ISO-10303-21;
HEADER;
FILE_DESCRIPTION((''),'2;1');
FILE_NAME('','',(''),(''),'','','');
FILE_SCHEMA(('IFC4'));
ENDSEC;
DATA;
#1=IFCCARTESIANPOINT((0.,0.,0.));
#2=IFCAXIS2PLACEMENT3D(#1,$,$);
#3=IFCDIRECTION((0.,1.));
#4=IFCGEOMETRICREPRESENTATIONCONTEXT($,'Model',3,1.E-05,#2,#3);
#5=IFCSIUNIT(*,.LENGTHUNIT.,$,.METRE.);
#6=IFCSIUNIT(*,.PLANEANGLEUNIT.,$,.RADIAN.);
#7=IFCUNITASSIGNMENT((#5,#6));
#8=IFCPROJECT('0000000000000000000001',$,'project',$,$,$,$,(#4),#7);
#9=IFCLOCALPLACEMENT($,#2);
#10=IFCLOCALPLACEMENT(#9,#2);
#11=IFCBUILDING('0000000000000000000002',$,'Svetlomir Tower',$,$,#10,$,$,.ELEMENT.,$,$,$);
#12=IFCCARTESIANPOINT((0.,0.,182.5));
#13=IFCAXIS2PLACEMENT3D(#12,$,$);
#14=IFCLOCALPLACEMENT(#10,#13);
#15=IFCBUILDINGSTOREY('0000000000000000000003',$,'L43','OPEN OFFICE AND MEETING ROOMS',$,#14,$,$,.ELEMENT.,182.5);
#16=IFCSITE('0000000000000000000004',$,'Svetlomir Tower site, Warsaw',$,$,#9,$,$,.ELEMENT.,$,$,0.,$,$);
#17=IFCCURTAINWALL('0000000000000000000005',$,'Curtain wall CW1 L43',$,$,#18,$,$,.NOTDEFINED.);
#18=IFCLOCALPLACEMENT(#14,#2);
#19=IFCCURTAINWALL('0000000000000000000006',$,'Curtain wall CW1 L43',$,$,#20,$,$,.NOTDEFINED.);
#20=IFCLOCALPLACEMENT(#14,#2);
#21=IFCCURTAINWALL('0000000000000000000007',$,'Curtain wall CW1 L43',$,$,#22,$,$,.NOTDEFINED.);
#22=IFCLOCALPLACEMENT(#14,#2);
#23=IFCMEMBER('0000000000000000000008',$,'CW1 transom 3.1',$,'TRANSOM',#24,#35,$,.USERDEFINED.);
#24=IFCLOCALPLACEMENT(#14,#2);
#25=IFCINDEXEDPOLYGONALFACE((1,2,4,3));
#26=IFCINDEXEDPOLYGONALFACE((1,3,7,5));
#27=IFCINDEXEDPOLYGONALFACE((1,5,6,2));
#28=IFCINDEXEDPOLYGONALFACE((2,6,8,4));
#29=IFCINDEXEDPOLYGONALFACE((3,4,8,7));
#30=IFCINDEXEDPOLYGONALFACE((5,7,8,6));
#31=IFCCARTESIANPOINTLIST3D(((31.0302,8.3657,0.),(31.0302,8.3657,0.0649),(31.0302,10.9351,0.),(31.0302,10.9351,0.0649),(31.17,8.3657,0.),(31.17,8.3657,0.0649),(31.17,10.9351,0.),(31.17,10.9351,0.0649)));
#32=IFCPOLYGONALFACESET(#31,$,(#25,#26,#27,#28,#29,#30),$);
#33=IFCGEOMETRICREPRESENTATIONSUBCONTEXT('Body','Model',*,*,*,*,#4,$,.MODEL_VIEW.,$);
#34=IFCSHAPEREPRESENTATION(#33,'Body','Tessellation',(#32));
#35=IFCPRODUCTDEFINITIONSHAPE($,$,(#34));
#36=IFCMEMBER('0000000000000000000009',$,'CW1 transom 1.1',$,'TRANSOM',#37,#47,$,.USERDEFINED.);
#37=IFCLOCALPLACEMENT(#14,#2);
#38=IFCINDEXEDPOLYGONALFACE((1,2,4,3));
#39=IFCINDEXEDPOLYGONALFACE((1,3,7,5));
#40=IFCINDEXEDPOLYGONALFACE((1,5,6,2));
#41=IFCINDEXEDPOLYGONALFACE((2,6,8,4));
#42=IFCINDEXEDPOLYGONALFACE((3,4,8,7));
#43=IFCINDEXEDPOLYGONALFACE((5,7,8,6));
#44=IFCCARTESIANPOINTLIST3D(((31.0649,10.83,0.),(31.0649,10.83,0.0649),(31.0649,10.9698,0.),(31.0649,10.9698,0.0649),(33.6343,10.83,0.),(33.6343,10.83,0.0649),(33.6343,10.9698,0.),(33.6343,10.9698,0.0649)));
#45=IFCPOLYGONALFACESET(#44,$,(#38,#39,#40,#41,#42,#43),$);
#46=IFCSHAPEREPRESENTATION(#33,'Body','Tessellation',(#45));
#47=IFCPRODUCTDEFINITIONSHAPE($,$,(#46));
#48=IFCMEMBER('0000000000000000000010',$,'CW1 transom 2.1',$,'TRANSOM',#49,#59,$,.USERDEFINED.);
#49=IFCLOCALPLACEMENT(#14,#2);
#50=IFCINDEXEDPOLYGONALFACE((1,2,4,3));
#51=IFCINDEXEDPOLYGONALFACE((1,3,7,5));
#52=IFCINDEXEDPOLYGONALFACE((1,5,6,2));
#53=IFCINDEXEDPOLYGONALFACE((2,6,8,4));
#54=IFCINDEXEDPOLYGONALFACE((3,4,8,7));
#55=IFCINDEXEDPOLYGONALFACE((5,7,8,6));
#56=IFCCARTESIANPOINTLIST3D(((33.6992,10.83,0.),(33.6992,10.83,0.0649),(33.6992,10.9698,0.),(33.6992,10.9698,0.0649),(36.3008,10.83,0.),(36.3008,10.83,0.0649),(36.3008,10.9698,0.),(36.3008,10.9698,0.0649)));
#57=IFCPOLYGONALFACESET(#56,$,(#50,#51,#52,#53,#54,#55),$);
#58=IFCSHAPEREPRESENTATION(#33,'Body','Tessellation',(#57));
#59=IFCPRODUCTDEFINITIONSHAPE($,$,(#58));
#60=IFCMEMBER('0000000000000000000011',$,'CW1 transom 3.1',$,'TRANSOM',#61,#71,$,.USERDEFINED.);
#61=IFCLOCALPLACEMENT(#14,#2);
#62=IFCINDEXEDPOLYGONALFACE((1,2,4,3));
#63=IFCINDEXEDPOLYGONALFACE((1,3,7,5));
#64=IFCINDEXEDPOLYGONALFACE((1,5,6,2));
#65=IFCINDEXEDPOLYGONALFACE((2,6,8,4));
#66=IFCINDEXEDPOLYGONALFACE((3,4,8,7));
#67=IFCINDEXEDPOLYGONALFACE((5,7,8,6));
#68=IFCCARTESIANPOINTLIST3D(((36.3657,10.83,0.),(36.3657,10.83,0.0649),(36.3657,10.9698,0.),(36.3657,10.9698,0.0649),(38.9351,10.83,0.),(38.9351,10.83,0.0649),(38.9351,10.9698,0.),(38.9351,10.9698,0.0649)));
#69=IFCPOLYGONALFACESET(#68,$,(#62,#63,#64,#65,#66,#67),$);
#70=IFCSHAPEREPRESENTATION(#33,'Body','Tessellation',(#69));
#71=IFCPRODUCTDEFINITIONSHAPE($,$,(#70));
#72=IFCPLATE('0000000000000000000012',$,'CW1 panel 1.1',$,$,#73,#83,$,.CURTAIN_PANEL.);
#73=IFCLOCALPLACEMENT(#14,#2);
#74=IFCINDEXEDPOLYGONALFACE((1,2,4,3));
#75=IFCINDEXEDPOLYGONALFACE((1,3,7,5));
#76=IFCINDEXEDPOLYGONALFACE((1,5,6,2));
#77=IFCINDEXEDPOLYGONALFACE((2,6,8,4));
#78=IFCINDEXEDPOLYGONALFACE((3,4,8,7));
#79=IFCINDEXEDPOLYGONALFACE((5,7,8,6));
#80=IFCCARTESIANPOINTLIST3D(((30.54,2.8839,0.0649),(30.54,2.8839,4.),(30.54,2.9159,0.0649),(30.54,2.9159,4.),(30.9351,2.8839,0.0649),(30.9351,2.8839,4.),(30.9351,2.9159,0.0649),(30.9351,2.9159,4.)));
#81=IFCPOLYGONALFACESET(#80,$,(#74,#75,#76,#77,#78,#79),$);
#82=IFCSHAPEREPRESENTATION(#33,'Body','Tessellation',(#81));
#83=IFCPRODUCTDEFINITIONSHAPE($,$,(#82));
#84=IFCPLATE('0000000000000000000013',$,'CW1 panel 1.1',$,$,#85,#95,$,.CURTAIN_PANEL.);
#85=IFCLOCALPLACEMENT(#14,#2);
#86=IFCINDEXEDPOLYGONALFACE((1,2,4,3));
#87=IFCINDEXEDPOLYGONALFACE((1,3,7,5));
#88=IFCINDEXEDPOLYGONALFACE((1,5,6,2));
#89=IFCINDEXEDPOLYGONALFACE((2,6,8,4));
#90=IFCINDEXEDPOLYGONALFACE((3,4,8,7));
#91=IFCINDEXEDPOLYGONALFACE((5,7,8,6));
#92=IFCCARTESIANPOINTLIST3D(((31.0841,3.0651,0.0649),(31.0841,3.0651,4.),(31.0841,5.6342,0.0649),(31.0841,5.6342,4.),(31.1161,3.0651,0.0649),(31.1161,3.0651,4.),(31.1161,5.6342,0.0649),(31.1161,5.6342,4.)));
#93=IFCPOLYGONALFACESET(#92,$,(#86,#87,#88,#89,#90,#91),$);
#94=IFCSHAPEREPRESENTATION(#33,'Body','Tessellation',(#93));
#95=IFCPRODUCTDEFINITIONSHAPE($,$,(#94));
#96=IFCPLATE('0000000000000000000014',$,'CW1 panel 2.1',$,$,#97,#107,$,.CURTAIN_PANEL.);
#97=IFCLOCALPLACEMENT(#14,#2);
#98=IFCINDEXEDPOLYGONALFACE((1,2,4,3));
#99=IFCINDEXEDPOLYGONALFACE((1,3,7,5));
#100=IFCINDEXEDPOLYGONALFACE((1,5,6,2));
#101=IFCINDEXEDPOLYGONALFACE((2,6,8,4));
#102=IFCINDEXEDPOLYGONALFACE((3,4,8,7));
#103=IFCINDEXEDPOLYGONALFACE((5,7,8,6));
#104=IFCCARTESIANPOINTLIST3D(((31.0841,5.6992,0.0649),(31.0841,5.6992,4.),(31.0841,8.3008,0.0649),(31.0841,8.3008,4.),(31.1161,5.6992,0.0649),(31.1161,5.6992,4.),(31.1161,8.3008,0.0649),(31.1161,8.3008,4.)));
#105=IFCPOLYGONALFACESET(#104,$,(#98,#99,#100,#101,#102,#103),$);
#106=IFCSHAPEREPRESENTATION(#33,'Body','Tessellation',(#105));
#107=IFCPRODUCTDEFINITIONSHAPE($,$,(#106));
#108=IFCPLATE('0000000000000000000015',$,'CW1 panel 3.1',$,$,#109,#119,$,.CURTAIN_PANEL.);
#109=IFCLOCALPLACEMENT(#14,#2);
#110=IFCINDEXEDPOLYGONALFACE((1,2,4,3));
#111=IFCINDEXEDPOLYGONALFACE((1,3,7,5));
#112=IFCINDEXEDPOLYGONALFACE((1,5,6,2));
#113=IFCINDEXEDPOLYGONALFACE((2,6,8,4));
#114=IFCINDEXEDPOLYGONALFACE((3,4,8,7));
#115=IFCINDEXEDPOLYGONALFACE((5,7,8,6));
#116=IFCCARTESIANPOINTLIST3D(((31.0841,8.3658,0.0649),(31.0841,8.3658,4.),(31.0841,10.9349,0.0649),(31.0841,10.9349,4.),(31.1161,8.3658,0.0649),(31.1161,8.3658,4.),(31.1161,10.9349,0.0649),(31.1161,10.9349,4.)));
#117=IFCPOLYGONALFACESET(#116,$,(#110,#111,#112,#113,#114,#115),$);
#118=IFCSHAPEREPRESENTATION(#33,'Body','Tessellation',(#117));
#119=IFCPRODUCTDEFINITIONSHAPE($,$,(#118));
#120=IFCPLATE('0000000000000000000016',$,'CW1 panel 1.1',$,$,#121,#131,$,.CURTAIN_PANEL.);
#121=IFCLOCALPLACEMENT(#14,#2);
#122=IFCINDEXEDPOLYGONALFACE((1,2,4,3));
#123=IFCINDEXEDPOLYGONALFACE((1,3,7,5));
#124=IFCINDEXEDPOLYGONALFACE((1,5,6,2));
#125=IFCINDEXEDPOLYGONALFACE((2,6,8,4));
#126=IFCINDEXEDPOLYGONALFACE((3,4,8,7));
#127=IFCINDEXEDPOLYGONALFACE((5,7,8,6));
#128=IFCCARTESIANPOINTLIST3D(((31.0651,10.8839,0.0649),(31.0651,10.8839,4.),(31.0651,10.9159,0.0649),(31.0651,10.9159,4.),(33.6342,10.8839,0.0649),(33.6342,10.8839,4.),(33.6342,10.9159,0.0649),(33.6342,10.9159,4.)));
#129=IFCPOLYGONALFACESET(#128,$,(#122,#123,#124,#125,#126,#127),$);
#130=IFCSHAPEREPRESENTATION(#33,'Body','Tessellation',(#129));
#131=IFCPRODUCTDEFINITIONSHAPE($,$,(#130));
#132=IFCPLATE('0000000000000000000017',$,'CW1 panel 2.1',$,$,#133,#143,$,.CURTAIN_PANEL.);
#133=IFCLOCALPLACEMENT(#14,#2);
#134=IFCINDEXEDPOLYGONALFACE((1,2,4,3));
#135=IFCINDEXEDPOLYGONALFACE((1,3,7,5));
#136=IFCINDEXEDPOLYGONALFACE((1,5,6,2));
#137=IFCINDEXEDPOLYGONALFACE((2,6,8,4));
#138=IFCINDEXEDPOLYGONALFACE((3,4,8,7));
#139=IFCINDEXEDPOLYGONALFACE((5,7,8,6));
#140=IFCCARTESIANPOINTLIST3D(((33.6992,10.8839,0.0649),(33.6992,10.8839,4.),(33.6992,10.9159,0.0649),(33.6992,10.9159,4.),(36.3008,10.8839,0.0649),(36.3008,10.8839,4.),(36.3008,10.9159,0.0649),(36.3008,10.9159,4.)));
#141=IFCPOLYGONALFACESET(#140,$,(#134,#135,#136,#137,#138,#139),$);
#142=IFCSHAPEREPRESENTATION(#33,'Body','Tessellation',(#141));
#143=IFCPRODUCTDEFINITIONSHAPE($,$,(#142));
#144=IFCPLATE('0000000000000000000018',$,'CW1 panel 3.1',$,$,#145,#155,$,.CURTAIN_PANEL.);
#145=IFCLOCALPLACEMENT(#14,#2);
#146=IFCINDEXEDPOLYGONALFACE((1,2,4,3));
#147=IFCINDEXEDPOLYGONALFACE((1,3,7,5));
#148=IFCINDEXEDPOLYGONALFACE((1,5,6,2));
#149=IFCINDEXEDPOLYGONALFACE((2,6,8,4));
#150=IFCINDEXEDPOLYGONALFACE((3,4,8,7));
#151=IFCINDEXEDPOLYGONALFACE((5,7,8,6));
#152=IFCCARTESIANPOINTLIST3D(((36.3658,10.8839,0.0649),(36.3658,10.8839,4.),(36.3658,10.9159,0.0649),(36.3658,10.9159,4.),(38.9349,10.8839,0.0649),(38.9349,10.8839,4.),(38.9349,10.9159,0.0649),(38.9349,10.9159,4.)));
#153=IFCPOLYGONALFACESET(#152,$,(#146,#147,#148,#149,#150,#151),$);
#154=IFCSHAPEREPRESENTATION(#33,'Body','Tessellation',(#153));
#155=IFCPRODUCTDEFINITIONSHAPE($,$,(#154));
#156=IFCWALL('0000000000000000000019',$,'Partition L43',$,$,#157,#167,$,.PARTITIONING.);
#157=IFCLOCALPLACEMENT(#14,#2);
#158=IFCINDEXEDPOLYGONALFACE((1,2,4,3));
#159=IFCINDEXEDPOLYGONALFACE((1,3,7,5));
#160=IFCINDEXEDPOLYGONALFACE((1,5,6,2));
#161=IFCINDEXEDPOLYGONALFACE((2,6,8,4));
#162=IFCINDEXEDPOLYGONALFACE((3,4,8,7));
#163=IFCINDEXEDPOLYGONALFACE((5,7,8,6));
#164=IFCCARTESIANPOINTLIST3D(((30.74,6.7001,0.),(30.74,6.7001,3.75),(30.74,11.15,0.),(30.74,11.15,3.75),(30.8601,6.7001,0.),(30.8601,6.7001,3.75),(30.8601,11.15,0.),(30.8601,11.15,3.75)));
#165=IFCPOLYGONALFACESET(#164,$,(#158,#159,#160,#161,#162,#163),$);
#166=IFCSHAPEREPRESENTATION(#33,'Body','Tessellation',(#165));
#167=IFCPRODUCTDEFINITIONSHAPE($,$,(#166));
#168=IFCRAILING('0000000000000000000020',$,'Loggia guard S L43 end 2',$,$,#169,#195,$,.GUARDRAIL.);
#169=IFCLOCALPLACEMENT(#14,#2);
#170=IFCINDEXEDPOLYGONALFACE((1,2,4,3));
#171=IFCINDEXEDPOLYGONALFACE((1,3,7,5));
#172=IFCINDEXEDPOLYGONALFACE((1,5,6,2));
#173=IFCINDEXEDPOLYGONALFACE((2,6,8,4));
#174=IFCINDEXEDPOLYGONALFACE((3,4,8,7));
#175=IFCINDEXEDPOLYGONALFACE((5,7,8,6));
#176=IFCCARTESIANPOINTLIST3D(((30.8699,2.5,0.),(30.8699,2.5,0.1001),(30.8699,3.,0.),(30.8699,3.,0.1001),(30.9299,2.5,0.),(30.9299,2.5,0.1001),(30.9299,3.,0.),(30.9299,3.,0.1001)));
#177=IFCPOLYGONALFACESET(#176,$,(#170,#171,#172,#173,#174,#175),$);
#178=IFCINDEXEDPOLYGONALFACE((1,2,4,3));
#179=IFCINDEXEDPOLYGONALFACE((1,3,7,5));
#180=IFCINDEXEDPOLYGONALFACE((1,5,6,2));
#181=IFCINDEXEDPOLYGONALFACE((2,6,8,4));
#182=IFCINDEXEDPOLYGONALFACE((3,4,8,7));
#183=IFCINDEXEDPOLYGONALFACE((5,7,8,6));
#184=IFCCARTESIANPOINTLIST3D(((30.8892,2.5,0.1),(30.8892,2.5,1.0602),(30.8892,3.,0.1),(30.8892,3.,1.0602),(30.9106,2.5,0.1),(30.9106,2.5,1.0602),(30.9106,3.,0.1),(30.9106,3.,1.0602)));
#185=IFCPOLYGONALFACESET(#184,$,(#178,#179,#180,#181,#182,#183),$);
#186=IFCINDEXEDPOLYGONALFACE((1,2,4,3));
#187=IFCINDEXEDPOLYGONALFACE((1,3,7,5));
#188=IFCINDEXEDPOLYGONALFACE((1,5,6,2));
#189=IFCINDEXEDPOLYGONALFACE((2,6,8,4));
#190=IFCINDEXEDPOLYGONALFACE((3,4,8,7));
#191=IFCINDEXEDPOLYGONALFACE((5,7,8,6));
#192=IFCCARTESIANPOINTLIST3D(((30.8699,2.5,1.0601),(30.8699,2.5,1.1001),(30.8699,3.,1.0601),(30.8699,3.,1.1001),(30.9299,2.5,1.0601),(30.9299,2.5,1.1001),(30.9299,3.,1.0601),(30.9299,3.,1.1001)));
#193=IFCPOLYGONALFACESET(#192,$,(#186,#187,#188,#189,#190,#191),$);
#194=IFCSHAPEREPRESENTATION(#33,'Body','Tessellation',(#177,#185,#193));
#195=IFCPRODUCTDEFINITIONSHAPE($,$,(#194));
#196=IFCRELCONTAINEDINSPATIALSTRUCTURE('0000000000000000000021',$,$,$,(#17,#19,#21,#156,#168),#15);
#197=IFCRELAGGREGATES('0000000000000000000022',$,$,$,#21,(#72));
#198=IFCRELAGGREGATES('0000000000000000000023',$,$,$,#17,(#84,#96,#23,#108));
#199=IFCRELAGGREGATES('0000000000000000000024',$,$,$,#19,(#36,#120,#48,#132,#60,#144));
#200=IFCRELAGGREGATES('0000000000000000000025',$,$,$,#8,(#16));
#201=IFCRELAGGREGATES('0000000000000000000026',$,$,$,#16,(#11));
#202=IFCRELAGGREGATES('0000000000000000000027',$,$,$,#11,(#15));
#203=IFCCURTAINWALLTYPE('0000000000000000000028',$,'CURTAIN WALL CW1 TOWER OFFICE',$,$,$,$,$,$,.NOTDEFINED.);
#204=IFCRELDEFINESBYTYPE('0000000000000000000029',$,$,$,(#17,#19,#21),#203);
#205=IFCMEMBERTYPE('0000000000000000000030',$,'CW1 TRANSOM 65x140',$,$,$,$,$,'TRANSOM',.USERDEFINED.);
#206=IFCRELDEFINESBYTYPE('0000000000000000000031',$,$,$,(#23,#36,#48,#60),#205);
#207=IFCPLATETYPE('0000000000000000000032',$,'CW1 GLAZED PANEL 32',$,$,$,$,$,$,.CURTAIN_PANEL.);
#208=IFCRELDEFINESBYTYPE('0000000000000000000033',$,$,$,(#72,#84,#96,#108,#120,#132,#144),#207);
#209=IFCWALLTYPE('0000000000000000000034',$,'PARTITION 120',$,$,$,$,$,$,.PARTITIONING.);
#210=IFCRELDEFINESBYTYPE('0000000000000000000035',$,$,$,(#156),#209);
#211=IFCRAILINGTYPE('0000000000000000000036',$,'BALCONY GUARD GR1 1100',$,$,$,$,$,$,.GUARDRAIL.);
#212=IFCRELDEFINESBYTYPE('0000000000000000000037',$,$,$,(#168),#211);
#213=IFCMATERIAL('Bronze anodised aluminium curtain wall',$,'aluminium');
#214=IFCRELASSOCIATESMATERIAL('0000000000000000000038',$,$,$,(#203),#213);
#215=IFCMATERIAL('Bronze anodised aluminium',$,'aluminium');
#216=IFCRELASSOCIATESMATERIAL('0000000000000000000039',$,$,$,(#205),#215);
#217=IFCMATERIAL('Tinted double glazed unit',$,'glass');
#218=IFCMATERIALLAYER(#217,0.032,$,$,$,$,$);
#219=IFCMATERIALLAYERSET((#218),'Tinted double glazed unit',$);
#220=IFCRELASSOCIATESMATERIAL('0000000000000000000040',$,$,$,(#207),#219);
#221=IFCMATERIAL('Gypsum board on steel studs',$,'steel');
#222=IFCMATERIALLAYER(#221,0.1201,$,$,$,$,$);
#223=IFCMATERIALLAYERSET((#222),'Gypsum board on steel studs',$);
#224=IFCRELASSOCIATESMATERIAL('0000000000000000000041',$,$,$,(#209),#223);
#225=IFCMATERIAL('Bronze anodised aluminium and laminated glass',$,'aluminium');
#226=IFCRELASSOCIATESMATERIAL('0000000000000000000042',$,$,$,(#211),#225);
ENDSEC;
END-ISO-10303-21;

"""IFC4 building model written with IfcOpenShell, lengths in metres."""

from ifc_helpers import new_model, si_unit, direction, frame, frame_2d, origin, origin_2d, place, context, subcontext, project, spatial, rectangle, extrude, material, layer, layer_set, material_profile, profile_set, type_object, element, aggregate, save


model = new_model("IFC4")

# Units and contexts
model_context = context("Model", 3, precision=1e-05, world=origin(), true_north=direction((0.0, 1.0)))
body_context = subcontext(model_context, "Body", "Model", "MODEL_VIEW")
ifc_project = project(units=[si_unit("LENGTHUNIT", "METRE"), si_unit("PLANEANGLEUNIT", "RADIAN")], contexts=[model_context])

# Site, building, storey
site_placement = place(None, origin())
site = spatial("IfcSite", under=ifc_project, at=site_placement, Name="Svetlomir Tower site, Warsaw", CompositionType="ELEMENT", RefElevation=0.0)
building_placement = place(site_placement, origin())
building = spatial("IfcBuilding", under=site, at=building_placement, Name="Svetlomir Tower", CompositionType="ELEMENT")
storey_placement = place(building_placement, frame((0.0, 0.0, 182.5)))
storey = spatial("IfcBuildingStorey", under=building, at=storey_placement, Name="L43", Description="OPEN OFFICE AND MEETING ROOMS", CompositionType="ELEMENT", Elevation=182.5)

# Curtain walls
ifc_material_1 = material(Name="Bronze anodised aluminium curtain wall", Category="aluminium")
curtain_wall_type = type_object("IfcCurtainWallType", Name="CURTAIN WALL CW1 TOWER OFFICE", PredefinedType="NOTDEFINED", material=ifc_material_1)
curtain_wall_1_placement = place(storey_placement, origin())
curtain_wall_1 = element("IfcCurtainWall", 1, at=curtain_wall_1_placement, inside=storey, type_object=curtain_wall_type, Name="Curtain wall CW1 L43", PredefinedType="NOTDEFINED")
curtain_wall_2_placement = place(storey_placement, origin())
curtain_wall_2 = element("IfcCurtainWall", 2, at=curtain_wall_2_placement, inside=storey, type_object=curtain_wall_type, Name="Curtain wall CW1 L43", PredefinedType="NOTDEFINED")
curtain_wall_3_placement = place(storey_placement, origin())
curtain_wall_3 = element("IfcCurtainWall", 3, at=curtain_wall_3_placement, inside=storey, type_object=curtain_wall_type, Name="Curtain wall CW1 L43", PredefinedType="NOTDEFINED")

# Members
ifc_material_2 = material(Name="Bronze anodised aluminium", Category="aluminium")
ifc_material_profile_1 = material_profile(ifc_material_2, rectangle(XDim=0.1399, YDim=0.0649, at=origin_2d()), Name="AL 140x65")
ifc_profile_set_1 = profile_set([ifc_material_profile_1], Name="Bronze anodised aluminium 6063-T6")
member_type_1 = type_object("IfcMemberType", Name="CW1 TRANSOM 65x140", ElementType="TRANSOM", PredefinedType="USERDEFINED", material=ifc_profile_set_1)
member_1_placement = place(storey_placement, frame((31.1001, 8.3657, 0.0325), z_axis=(0.0, 1.0, 0.0), x_axis=(-1.0, 0.0, 0.0)))
member_1 = element("IfcMember", 4, at=member_1_placement, type_object=member_type_1, Name="CW1 transom 3.1", ObjectType="TRANSOM", PredefinedType="USERDEFINED", context=body_context, shape_type="SweptSolid", body=[
    extrude(rectangle(XDim=0.1399, YDim=0.0649, at=origin_2d()), origin(), (0.0, 0.0, 1.0), 2.5693),
])
member_2_placement = place(storey_placement, frame((31.0649, 10.8999, 0.0325), z_axis=(1.0, 0.0, 0.0), x_axis=(0.0, 1.0, 0.0)))
member_2 = element("IfcMember", 5, at=member_2_placement, type_object=member_type_1, Name="CW1 transom 1.1", ObjectType="TRANSOM", PredefinedType="USERDEFINED", context=body_context, shape_type="SweptSolid", body=[
    extrude(rectangle(XDim=0.1399, YDim=0.0649, at=origin_2d()), origin(), (0.0, 0.0, 1.0), 2.5693),
])
member_3_placement = place(storey_placement, frame((33.6992, 10.8999, 0.0325), z_axis=(1.0, 0.0, 0.0), x_axis=(0.0, 1.0, 0.0)))
member_3 = element("IfcMember", 6, at=member_3_placement, type_object=member_type_1, Name="CW1 transom 2.1", ObjectType="TRANSOM", PredefinedType="USERDEFINED", context=body_context, shape_type="SweptSolid", body=[
    extrude(rectangle(XDim=0.1399, YDim=0.0649, at=origin_2d()), origin(), (0.0, 0.0, 1.0), 2.6016),
])
member_4_placement = place(storey_placement, frame((36.3657, 10.8999, 0.0325), z_axis=(1.0, 0.0, 0.0), x_axis=(0.0, 1.0, 0.0)))
member_4 = element("IfcMember", 7, at=member_4_placement, type_object=member_type_1, Name="CW1 transom 3.1", ObjectType="TRANSOM", PredefinedType="USERDEFINED", context=body_context, shape_type="SweptSolid", body=[
    extrude(rectangle(XDim=0.1399, YDim=0.0649, at=origin_2d()), origin(), (0.0, 0.0, 1.0), 2.5693),
])

# Plates
ifc_material_3 = material(Name="Tinted double glazed unit", Category="glass")
ifc_layer_1 = layer(ifc_material_3, 0.032)
ifc_layer_set_1 = layer_set([ifc_layer_1], Name="Tinted double glazed unit")
plate_type = type_object("IfcPlateType", Name="CW1 GLAZED PANEL 32", PredefinedType="CURTAIN_PANEL", material=ifc_layer_set_1)
plate_1_placement = place(storey_placement, frame((30.7375, 2.8999, 0.0649), z_axis=(0.0, 0.0, 1.0), x_axis=(1.0, 0.0, 0.0)))
plate_1 = element("IfcPlate", 8, at=plate_1_placement, type_object=plate_type, Name="CW1 panel 1.1", PredefinedType="CURTAIN_PANEL", context=body_context, shape_type="SweptSolid", body=[
    extrude(rectangle(XDim=0.395, YDim=0.032, at=origin_2d()), origin(), (0.0, 0.0, 1.0), 3.9351),
])
aggregate(curtain_wall_3, [plate_1])
plate_2_placement = place(storey_placement, frame((31.1001, 4.3496, 0.0649), z_axis=(0.0, 0.0, 1.0), x_axis=(0.0, 1.0, 0.0)))
plate_2 = element("IfcPlate", 9, at=plate_2_placement, type_object=plate_type, Name="CW1 panel 1.1", PredefinedType="CURTAIN_PANEL", context=body_context, shape_type="SweptSolid", body=[
    extrude(rectangle(XDim=2.5691, YDim=0.032, at=origin_2d()), origin(), (0.0, 0.0, 1.0), 3.9351),
])
plate_3_placement = place(storey_placement, frame((31.1001, 7.0, 0.0649), z_axis=(0.0, 0.0, 1.0), x_axis=(0.0, 1.0, 0.0)))
plate_3 = element("IfcPlate", 10, at=plate_3_placement, type_object=plate_type, Name="CW1 panel 2.1", PredefinedType="CURTAIN_PANEL", context=body_context, shape_type="SweptSolid", body=[
    extrude(rectangle(XDim=2.6016, YDim=0.032, at=origin_2d()), origin(), (0.0, 0.0, 1.0), 3.9351),
])
plate_4_placement = place(storey_placement, frame((31.1001, 9.6504, 0.0649), z_axis=(0.0, 0.0, 1.0), x_axis=(0.0, 1.0, 0.0)))
plate_4 = element("IfcPlate", 11, at=plate_4_placement, type_object=plate_type, Name="CW1 panel 3.1", PredefinedType="CURTAIN_PANEL", context=body_context, shape_type="SweptSolid", body=[
    extrude(rectangle(XDim=2.5691, YDim=0.032, at=origin_2d()), origin(), (0.0, 0.0, 1.0), 3.9351),
])
aggregate(curtain_wall_1, [plate_2, plate_3, member_1, plate_4])
plate_5_placement = place(storey_placement, frame((32.3496, 10.8999, 0.0649), z_axis=(0.0, 0.0, 1.0), x_axis=(1.0, 0.0, 0.0)))
plate_5 = element("IfcPlate", 12, at=plate_5_placement, type_object=plate_type, Name="CW1 panel 1.1", PredefinedType="CURTAIN_PANEL", context=body_context, shape_type="SweptSolid", body=[
    extrude(rectangle(XDim=2.5691, YDim=0.032, at=origin_2d()), origin(), (0.0, 0.0, 1.0), 3.9351),
])
plate_6_placement = place(storey_placement, frame((35.0, 10.8999, 0.0649), z_axis=(0.0, 0.0, 1.0), x_axis=(1.0, 0.0, 0.0)))
plate_6 = element("IfcPlate", 13, at=plate_6_placement, type_object=plate_type, Name="CW1 panel 2.1", PredefinedType="CURTAIN_PANEL", context=body_context, shape_type="SweptSolid", body=[
    extrude(rectangle(XDim=2.6016, YDim=0.032, at=origin_2d()), origin(), (0.0, 0.0, 1.0), 3.9351),
])
plate_7_placement = place(storey_placement, frame((37.6504, 10.8999, 0.0649), z_axis=(0.0, 0.0, 1.0), x_axis=(1.0, 0.0, 0.0)))
plate_7 = element("IfcPlate", 14, at=plate_7_placement, type_object=plate_type, Name="CW1 panel 3.1", PredefinedType="CURTAIN_PANEL", context=body_context, shape_type="SweptSolid", body=[
    extrude(rectangle(XDim=2.5691, YDim=0.032, at=origin_2d()), origin(), (0.0, 0.0, 1.0), 3.9351),
])
aggregate(curtain_wall_2, [member_2, plate_5, member_3, plate_6, member_4, plate_7])

# Wall
ifc_material_4 = material(Name="Gypsum board on steel studs", Category="steel")
ifc_layer_2 = layer(ifc_material_4, 0.1201)
ifc_layer_set_2 = layer_set([ifc_layer_2], Name="Gypsum board on steel studs")
wall_type = type_object("IfcWallType", Name="PARTITION 120", PredefinedType="PARTITIONING", material=ifc_layer_set_2)
wall_placement = place(storey_placement, frame((30.8, 6.7, 0.0), z_axis=(0.0, 0.0, 1.0), x_axis=(0.0, 1.0, 0.0)))
element("IfcWall", 15, at=wall_placement, inside=storey, type_object=wall_type, Name="Partition L43", PredefinedType="PARTITIONING", context=body_context, shape_type="SweptSolid", body=[
    extrude(rectangle(XDim=4.45, YDim=0.1201, at=frame_2d((2.2251, 0.0))), origin(), (0.0, 0.0, 1.0), 3.75),
])

# Railing
ifc_material_5 = material(Name="Bronze anodised aluminium and laminated glass", Category="aluminium")
railing_type = type_object("IfcRailingType", Name="BALCONY GUARD GR1 1100", PredefinedType="GUARDRAIL", material=ifc_material_5)
railing_placement = place(storey_placement, frame((30.8999, 2.5, 0.0)))
element("IfcRailing", 16, at=railing_placement, inside=storey, type_object=railing_type, Name="Loggia guard S L43 end 2", PredefinedType="GUARDRAIL", context=body_context, shape_type="SweptSolid", body=[
    extrude(rectangle(XDim=0.0601, YDim=0.1001, at=origin_2d()), frame((0.0, 0.0, 0.05), z_axis=(0.0, 1.0, 0.0), x_axis=(-1.0, 0.0, 0.0)), (0.0, 0.0, 1.0), 0.5),
    extrude(rectangle(XDim=0.0215, YDim=0.9602, at=origin_2d()), frame((0.0, 0.0, 0.5801), z_axis=(0.0, 1.0, 0.0), x_axis=(-1.0, 0.0, 0.0)), (0.0, 0.0, 1.0), 0.5),
    extrude(rectangle(XDim=0.0601, YDim=0.04, at=origin_2d()), frame((0.0, 0.0, 1.0801), z_axis=(0.0, 1.0, 0.0), x_axis=(-1.0, 0.0, 0.0)), (0.0, 0.0, 1.0), 0.5),
])

save(model, "model.ifc")
